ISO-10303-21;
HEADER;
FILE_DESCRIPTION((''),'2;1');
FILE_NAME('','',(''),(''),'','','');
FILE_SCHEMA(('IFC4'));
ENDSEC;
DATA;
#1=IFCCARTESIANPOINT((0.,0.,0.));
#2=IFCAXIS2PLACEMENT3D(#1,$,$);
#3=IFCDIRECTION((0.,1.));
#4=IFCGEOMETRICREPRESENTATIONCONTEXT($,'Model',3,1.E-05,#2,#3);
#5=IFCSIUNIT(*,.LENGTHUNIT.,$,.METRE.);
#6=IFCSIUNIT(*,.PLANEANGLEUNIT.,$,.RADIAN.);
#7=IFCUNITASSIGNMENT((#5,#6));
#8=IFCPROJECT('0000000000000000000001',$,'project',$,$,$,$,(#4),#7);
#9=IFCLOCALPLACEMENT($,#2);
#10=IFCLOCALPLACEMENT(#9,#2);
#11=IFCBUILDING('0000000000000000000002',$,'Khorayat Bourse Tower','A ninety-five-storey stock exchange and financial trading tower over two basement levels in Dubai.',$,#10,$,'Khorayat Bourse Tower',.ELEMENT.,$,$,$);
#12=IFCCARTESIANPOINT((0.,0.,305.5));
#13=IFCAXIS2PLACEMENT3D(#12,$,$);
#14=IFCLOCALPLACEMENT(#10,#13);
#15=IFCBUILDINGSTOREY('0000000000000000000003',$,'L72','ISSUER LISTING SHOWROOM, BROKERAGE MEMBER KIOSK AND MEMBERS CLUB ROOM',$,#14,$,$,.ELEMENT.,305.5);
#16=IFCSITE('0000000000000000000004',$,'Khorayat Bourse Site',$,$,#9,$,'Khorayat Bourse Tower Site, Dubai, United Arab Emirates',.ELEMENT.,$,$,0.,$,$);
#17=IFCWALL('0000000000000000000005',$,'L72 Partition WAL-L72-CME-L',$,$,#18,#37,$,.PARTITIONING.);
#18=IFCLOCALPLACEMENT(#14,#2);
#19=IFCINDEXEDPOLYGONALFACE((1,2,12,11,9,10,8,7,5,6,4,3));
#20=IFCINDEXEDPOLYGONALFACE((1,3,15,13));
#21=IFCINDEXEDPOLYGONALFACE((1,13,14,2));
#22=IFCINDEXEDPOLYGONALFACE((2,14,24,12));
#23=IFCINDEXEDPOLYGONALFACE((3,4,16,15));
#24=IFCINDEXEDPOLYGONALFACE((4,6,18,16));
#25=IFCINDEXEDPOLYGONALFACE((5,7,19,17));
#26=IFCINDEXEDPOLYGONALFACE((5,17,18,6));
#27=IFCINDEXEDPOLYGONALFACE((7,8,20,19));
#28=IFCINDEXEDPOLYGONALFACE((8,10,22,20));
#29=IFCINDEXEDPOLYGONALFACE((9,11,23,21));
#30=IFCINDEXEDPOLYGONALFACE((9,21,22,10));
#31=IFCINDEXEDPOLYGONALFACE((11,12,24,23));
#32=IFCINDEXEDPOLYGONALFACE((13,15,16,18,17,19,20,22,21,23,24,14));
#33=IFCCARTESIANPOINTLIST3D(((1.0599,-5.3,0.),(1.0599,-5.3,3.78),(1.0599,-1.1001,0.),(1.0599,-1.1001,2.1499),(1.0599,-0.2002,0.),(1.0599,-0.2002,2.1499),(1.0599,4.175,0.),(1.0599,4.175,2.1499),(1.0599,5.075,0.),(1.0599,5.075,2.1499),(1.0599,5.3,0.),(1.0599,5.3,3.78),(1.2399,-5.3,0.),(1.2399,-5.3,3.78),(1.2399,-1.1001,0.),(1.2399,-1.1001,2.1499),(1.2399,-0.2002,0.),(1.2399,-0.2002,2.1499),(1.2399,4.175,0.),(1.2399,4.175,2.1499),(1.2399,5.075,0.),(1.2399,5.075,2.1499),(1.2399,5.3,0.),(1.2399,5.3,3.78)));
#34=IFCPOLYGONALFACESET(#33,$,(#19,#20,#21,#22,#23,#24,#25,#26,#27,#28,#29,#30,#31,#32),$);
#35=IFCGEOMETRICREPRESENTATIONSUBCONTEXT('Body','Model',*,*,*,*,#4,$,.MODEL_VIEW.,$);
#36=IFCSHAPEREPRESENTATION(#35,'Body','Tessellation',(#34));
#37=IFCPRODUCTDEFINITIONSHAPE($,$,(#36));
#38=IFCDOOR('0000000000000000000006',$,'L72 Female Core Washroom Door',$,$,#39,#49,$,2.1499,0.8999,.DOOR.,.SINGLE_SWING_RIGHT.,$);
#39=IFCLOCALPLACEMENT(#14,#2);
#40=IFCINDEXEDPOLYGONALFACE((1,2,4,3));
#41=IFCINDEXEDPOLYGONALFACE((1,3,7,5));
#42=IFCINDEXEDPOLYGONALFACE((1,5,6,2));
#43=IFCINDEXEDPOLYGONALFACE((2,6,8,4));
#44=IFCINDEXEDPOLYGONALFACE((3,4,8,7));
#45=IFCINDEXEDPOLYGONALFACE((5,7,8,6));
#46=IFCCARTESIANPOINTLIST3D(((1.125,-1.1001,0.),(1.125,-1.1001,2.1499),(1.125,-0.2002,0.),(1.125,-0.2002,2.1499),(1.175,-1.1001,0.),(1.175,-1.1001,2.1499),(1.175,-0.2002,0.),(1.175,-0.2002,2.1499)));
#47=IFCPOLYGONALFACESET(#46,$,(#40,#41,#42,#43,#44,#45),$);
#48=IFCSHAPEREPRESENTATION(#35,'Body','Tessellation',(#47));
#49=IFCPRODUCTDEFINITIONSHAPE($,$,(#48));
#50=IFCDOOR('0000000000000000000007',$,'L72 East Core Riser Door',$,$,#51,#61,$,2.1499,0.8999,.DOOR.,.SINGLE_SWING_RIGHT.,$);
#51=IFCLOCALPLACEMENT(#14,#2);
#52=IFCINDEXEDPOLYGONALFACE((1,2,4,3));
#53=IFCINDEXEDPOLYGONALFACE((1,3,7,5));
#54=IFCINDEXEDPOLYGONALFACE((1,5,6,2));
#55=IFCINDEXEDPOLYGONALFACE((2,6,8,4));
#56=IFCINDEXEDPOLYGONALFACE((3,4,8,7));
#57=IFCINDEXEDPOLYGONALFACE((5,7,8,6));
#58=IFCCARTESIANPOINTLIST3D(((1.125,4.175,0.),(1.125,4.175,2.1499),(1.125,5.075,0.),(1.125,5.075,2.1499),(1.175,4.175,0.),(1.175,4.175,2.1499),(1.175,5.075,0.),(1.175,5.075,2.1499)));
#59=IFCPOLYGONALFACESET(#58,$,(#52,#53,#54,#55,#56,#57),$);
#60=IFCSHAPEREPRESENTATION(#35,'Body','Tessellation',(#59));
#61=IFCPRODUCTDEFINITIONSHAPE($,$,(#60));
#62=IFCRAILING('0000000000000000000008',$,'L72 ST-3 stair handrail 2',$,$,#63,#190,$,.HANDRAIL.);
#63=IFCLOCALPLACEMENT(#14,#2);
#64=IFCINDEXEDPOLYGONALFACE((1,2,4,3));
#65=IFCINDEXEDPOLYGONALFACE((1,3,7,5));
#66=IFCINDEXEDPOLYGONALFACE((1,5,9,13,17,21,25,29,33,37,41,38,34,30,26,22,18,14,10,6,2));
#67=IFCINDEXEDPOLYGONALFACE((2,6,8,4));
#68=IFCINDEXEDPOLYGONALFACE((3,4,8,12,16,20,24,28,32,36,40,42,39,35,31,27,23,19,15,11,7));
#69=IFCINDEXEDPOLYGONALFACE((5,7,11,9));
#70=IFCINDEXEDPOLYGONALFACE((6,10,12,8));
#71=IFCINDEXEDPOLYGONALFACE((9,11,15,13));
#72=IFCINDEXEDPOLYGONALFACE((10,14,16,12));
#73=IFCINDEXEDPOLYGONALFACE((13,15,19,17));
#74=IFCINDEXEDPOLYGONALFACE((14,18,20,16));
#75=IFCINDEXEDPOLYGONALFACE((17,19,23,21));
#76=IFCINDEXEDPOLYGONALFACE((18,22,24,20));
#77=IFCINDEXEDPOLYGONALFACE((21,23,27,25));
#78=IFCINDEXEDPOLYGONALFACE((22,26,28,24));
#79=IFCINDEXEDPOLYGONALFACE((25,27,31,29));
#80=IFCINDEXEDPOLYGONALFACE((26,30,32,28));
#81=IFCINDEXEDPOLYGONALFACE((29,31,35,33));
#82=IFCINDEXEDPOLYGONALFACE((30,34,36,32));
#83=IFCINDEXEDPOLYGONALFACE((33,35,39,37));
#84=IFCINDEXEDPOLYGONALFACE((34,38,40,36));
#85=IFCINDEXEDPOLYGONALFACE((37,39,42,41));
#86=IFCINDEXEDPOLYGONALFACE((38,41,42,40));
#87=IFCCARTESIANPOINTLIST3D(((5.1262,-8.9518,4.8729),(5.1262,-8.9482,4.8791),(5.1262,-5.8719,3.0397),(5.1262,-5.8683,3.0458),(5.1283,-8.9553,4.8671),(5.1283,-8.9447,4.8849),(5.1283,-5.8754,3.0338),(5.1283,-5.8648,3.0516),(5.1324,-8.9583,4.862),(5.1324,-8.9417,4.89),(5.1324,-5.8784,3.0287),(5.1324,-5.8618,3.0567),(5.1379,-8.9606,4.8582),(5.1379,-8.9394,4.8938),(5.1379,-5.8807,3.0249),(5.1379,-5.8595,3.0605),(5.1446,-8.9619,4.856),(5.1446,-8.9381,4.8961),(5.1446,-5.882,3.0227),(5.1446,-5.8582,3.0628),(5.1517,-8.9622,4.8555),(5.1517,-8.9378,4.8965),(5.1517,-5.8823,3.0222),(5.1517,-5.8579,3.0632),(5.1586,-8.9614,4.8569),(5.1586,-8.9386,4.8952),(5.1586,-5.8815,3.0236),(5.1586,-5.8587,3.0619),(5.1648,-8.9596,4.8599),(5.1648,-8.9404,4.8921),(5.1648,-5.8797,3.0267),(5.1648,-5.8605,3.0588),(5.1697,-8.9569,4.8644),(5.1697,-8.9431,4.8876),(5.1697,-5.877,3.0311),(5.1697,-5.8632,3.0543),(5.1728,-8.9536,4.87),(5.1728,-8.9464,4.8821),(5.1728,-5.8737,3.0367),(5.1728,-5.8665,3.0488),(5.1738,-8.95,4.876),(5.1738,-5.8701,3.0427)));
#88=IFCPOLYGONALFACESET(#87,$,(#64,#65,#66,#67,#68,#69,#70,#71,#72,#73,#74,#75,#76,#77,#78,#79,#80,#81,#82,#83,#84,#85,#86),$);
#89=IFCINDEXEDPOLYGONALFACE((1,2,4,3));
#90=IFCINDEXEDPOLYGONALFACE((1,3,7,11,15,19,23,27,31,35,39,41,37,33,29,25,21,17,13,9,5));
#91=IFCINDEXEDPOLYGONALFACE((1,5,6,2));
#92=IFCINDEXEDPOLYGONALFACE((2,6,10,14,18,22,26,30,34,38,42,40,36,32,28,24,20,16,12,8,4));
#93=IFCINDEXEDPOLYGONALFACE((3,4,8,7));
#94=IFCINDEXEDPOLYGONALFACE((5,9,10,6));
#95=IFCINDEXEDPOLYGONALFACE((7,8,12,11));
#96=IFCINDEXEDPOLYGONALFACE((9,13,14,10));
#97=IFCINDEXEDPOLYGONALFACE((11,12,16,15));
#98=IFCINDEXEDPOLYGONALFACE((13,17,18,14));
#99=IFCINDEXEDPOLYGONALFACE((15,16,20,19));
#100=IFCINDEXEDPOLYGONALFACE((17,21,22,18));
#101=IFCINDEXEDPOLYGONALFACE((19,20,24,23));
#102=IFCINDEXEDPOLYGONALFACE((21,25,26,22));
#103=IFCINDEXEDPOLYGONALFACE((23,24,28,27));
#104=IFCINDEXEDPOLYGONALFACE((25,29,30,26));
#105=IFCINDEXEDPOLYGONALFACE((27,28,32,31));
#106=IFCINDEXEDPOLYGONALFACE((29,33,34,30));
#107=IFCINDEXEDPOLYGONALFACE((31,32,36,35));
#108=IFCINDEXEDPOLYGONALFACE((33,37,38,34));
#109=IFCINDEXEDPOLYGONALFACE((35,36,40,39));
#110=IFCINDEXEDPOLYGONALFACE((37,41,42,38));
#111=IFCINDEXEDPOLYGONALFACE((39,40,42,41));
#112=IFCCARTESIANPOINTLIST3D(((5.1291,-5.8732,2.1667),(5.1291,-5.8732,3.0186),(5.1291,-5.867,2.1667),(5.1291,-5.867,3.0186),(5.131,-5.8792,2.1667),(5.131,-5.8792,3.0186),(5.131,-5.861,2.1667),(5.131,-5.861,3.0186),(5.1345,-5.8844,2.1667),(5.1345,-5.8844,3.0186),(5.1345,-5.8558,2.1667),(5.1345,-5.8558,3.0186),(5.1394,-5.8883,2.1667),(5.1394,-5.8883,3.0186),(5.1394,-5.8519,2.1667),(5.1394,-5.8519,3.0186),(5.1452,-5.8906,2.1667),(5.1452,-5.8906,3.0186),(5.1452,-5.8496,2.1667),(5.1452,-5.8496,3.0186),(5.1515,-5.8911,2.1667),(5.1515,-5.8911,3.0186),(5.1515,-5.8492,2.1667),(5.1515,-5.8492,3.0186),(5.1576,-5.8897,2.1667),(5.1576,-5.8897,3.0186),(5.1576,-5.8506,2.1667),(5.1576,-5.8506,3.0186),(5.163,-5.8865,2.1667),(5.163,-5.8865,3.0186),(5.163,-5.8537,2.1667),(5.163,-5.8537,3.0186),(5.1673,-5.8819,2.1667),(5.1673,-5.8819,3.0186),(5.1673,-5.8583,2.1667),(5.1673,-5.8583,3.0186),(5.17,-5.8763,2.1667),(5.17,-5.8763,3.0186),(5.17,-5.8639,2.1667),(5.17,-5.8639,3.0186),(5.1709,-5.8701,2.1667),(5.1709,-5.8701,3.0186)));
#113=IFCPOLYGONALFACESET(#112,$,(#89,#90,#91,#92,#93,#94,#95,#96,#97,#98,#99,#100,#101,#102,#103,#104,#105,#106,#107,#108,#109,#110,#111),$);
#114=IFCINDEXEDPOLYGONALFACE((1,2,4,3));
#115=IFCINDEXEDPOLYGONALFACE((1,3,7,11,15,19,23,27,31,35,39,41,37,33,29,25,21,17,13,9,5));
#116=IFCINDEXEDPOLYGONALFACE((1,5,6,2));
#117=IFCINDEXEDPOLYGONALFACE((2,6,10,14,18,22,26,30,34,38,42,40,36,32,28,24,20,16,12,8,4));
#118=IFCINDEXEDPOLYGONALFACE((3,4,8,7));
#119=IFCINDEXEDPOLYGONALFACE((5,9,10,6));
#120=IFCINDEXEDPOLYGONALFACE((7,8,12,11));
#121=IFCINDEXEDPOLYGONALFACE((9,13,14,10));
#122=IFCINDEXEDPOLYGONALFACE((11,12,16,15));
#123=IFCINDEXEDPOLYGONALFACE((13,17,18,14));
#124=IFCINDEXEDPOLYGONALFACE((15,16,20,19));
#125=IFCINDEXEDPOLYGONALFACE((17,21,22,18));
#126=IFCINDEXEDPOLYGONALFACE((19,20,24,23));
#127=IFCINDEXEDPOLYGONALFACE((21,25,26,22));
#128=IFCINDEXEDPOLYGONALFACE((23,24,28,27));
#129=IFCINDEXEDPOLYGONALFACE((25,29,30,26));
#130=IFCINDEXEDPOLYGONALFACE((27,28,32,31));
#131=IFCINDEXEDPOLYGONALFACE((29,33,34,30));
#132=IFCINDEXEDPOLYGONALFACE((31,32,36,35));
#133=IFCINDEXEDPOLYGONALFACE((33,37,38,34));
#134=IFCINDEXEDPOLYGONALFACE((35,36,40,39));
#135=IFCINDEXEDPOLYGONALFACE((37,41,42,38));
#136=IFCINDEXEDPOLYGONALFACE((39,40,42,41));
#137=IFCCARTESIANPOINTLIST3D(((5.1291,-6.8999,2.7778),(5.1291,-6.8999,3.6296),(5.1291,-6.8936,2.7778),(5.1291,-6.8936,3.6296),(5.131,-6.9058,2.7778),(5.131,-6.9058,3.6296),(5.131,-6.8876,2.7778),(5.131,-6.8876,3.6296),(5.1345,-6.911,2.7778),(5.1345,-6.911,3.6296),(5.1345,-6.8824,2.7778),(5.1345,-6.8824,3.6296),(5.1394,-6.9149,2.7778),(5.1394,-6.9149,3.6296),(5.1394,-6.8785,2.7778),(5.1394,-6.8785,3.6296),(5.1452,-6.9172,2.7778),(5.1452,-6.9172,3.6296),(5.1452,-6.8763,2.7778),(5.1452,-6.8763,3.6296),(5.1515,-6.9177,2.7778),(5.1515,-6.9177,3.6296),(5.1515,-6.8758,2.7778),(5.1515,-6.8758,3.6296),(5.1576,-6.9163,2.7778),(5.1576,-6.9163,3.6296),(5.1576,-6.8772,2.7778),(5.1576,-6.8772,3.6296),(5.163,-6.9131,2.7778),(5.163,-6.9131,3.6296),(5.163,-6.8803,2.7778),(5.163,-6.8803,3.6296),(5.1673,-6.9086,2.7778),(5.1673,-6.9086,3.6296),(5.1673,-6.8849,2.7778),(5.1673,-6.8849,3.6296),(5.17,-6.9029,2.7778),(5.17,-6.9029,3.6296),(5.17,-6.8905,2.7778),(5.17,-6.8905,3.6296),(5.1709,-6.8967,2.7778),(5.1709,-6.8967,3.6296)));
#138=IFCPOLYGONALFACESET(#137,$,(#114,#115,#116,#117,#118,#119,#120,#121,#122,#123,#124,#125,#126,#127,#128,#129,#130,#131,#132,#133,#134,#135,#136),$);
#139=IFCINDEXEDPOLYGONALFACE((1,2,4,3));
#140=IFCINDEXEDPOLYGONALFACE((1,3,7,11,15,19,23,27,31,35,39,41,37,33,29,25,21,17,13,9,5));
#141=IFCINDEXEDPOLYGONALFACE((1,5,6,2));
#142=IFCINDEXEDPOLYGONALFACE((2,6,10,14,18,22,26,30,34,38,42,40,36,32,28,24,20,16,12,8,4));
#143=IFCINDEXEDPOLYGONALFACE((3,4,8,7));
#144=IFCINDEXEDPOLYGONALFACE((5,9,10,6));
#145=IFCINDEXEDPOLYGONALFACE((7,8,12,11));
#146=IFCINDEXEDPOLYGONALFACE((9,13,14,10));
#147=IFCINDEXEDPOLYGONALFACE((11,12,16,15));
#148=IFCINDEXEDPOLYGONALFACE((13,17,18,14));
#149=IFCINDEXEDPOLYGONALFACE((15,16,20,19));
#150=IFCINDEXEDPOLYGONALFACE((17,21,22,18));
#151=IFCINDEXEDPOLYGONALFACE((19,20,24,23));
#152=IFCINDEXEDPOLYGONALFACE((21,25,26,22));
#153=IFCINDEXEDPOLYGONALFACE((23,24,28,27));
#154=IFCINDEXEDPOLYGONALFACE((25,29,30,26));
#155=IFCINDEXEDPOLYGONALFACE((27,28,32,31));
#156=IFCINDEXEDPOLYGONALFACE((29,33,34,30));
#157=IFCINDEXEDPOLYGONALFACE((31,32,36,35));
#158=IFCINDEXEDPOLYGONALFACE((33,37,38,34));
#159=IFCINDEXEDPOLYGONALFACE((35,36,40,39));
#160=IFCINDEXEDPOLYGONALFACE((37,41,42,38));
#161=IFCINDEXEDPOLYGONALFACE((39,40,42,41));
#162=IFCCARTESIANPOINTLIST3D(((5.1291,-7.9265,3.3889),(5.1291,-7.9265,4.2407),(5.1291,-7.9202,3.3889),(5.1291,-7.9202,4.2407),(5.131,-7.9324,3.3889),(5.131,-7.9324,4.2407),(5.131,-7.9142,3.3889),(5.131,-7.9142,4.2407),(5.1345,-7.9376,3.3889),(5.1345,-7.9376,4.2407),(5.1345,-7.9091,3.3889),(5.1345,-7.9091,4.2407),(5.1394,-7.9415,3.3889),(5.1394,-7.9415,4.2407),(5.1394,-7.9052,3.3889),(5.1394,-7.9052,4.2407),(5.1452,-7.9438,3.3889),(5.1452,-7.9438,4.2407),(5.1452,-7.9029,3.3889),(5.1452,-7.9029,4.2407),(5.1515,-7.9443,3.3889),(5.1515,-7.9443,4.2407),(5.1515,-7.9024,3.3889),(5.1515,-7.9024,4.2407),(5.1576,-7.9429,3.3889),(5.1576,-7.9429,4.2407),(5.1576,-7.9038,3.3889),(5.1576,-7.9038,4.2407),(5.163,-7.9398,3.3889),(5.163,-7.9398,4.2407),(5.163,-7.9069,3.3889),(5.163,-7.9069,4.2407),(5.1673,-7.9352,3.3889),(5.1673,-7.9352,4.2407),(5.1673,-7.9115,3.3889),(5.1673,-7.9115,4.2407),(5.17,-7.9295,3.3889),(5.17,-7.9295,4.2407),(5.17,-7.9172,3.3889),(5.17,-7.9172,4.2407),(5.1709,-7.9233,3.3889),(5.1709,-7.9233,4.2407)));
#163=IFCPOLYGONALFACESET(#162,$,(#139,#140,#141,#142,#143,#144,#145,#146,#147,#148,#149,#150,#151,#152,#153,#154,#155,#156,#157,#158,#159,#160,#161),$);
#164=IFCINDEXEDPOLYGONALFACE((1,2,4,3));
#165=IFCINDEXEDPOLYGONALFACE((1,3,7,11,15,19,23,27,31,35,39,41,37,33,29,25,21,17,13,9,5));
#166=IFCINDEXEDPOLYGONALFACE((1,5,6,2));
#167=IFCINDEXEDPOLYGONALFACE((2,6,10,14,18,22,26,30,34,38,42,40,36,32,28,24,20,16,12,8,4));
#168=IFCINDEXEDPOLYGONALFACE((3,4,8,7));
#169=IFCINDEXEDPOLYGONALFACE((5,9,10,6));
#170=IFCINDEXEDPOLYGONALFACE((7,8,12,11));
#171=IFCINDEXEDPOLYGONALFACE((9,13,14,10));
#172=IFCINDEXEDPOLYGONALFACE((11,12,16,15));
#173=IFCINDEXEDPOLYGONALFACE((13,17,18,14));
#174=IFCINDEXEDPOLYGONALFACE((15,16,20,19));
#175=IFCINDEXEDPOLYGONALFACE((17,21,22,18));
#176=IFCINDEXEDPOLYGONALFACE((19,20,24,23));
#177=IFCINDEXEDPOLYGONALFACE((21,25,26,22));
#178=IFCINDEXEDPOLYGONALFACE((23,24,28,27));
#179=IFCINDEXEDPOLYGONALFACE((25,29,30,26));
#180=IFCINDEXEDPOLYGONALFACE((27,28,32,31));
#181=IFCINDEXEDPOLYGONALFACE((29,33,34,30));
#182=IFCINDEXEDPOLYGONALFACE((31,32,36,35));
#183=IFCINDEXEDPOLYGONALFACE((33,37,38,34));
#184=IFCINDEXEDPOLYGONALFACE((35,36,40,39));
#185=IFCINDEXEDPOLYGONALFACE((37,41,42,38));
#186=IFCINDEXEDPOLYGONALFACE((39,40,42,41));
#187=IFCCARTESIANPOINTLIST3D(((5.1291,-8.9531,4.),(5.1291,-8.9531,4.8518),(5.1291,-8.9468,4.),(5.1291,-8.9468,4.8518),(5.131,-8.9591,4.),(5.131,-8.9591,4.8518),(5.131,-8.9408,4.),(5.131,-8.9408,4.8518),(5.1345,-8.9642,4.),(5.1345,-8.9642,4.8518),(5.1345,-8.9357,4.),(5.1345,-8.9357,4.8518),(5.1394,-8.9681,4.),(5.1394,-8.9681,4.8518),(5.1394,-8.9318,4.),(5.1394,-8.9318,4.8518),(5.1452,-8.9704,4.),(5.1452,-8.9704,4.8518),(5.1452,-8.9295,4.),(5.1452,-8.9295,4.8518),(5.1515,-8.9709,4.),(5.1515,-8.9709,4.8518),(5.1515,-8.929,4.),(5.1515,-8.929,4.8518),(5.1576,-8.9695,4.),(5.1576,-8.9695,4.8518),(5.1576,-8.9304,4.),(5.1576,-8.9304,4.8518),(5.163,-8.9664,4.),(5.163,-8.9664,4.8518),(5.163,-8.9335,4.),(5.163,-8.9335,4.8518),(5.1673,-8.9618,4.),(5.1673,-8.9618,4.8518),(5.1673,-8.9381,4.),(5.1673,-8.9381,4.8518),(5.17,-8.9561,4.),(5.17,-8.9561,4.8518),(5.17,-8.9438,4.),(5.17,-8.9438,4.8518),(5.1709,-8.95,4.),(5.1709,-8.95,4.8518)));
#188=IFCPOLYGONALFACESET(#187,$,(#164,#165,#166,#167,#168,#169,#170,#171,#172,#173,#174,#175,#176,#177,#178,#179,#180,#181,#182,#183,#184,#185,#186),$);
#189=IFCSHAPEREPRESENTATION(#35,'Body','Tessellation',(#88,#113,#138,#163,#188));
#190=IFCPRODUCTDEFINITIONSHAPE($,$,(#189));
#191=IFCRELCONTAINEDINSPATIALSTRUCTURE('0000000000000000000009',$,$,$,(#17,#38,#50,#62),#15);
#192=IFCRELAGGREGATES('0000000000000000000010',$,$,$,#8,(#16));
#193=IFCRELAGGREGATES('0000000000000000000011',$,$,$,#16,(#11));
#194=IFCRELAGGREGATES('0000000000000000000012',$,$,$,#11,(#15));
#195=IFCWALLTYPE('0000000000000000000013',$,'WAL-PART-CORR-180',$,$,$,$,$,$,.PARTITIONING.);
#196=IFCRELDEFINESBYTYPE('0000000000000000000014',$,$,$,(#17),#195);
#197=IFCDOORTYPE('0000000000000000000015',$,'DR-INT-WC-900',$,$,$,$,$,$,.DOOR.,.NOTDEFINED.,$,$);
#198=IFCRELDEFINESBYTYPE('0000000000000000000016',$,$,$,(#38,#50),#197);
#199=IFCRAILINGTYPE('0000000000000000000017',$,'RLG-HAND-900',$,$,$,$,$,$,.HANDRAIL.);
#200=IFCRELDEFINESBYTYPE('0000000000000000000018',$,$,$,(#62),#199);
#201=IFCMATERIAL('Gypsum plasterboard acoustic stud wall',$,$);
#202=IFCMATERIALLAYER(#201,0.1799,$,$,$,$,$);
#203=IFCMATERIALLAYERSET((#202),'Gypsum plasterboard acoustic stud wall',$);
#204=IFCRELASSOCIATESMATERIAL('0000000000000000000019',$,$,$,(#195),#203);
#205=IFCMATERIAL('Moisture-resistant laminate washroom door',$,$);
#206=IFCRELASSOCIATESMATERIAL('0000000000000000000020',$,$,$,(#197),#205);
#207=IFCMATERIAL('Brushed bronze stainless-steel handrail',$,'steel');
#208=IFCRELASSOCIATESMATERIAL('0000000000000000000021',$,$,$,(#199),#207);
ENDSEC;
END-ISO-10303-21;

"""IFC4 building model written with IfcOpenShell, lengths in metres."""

from ifc_helpers import new_model, si_unit, direction, frame, frame_2d, origin, origin_2d, place, context, subcontext, project, spatial, rectangle, circle, extrude, source, transform, mapped, material, layer, layer_set, type_object, element, fill, save


model = new_model("IFC4")

# Units and contexts
model_context = context("Model", 3, precision=1e-05, world=origin(), true_north=direction((0.0, 1.0)))
body_context = subcontext(model_context, "Body", "Model", "MODEL_VIEW")
ifc_project = project(units=[si_unit("LENGTHUNIT", "METRE"), si_unit("PLANEANGLEUNIT", "RADIAN")], contexts=[model_context])

# Site, building, storey
site_placement = place(None, origin())
site = spatial("IfcSite", under=ifc_project, at=site_placement, Name="Khorayat Bourse Site", LongName="Khorayat Bourse Tower Site, Dubai, United Arab Emirates", CompositionType="ELEMENT", RefElevation=0.0)
building_placement = place(site_placement, origin())
building = spatial("IfcBuilding", under=site, at=building_placement, Name="Khorayat Bourse Tower", Description="A ninety-five-storey stock exchange and financial trading tower over two basement levels in Dubai.", LongName="Khorayat Bourse Tower", CompositionType="ELEMENT")
storey_placement = place(building_placement, frame((0.0, 0.0, 305.5)))
storey = spatial("IfcBuildingStorey", under=building, at=storey_placement, Name="L72", Description="ISSUER LISTING SHOWROOM, BROKERAGE MEMBER KIOSK AND MEMBERS CLUB ROOM", CompositionType="ELEMENT", Elevation=305.5)

# Shared definitions
ifc_material_1 = material(Name="Gypsum plasterboard acoustic stud wall")
ifc_layer_1 = layer(ifc_material_1, 0.1799)
ifc_layer_set_1 = layer_set([ifc_layer_1], Name="Gypsum plasterboard acoustic stud wall")
wall_type_1 = type_object("IfcWallType", Name="WAL-PART-CORR-180", PredefinedType="PARTITIONING", material=ifc_layer_set_1)
shared_shape_1 = source(origin(), body_context, "Body", "SweptSolid", [
    extrude(rectangle(XDim=0.8999, YDim=2.1499, at=frame_2d((0.45, 1.075))), frame((0.0, 0.0999, 0.0), z_axis=(0.0, -1.0, 0.0), x_axis=(1.0, 0.0, 0.0)), (0.0, 0.0, 1.0), 0.2),
])
ifc_material_2 = material(Name="Moisture-resistant laminate washroom door")
door_type = type_object("IfcDoorType", Name="DR-INT-WC-900", OperationType="NOTDEFINED", PredefinedType="DOOR", material=ifc_material_2)
shared_shape_2 = source(origin(), body_context, "Body", "SweptSolid", [
    extrude(rectangle(XDim=0.8999, YDim=2.1499, at=frame_2d((0.45, 1.075))), frame((0.0, 0.0249, 0.0), z_axis=(0.0, -1.0, 0.0), x_axis=(1.0, 0.0, 0.0)), (0.0, 0.0, 1.0), 0.05),
])

# Wall, openings, doors
shared_shape_3 = source(origin(), body_context, "Body", "SweptSolid", [
    extrude(rectangle(XDim=10.6001, YDim=0.1799, at=frame_2d((5.3, 0.0))), origin(), (0.0, 0.0, 1.0), 3.78),
])
wall_1_placement = place(storey_placement, frame((1.1499, -5.3, 0.0), z_axis=(0.0, 0.0, 1.0), x_axis=(0.0, 1.0, 0.0)))
wall_1 = element("IfcWall", 1, at=wall_1_placement, inside=storey, type_object=wall_type_1, Name="L72 Partition WAL-L72-CME-L", PredefinedType="PARTITIONING", context=body_context, shape_type="MappedRepresentation", body=[
    mapped(shared_shape_3, transform((0.0, 0.0, 0.0), scale=1.0)),
])
opening_1_placement = place(wall_1_placement, frame((4.2, 0.0, 0.0)))
opening_1 = element("IfcOpeningElement", 2, at=opening_1_placement, cuts=wall_1, PredefinedType="OPENING", context=body_context, shape_type="MappedRepresentation", body=[
    mapped(shared_shape_1, transform((0.0, 0.0, 0.0), scale=1.0)),
])
opening_2_placement = place(wall_1_placement, frame((9.4751, 0.0, 0.0)))
opening_2 = element("IfcOpeningElement", 3, at=opening_2_placement, cuts=wall_1, PredefinedType="OPENING", context=body_context, shape_type="MappedRepresentation", body=[
    mapped(shared_shape_1, transform((0.0, 0.0, 0.0), scale=1.0)),
])
door_1_placement = place(opening_1_placement, origin())
door_1 = element("IfcDoor", 4, at=door_1_placement, inside=storey, type_object=door_type, Name="L72 Female Core Washroom Door", OperationType="SINGLE_SWING_RIGHT", OverallHeight=2.1499, OverallWidth=0.8999, PredefinedType="DOOR", context=body_context, shape_type="MappedRepresentation", body=[
    mapped(shared_shape_2, transform((0.0, 0.0, 0.0), scale=1.0)),
])
fill(opening_1, door_1)
door_2_placement = place(opening_2_placement, origin())
door_2 = element("IfcDoor", 5, at=door_2_placement, inside=storey, type_object=door_type, Name="L72 East Core Riser Door", OperationType="SINGLE_SWING_RIGHT", OverallHeight=2.1499, OverallWidth=0.8999, PredefinedType="DOOR", context=body_context, shape_type="MappedRepresentation", body=[
    mapped(shared_shape_2, transform((0.0, 0.0, 0.0), scale=1.0)),
])
fill(opening_2, door_2)

# Railing
ifc_material_3 = material(Name="Brushed bronze stainless-steel handrail", Category="steel")
railing_type = type_object("IfcRailingType", Name="RLG-HAND-900", PredefinedType="HANDRAIL", material=ifc_material_3)
shared_shape_4 = source(origin(), body_context, "Body", "SweptSolid", [
    extrude(circle(Radius=0.0239, at=origin_2d()), frame((0.0, 0.0, 0.876), z_axis=(0.0, -0.859291, 0.511487), x_axis=(1.0, 0.0, 0.0)), (0.0, 0.0, 1.0), 3.5842),
    extrude(circle(Radius=0.021, at=origin_2d()), origin(), (0.0, 0.0, 1.0), 0.8518),
    extrude(circle(Radius=0.021, at=origin_2d()), frame((0.0, -1.0266, 0.6111)), (0.0, 0.0, 1.0), 0.8518),
    extrude(circle(Radius=0.021, at=origin_2d()), frame((0.0, -2.0532, 1.2222)), (0.0, 0.0, 1.0), 0.8518),
    extrude(circle(Radius=0.021, at=origin_2d()), frame((0.0, -3.0798, 1.8333)), (0.0, 0.0, 1.0), 0.8518),
])
railing_placement = place(storey_placement, frame((5.1499, -5.8701, 2.1667)))
element("IfcRailing", 6, at=railing_placement, inside=storey, type_object=railing_type, Name="L72 ST-3 stair handrail 2", PredefinedType="HANDRAIL", context=body_context, shape_type="MappedRepresentation", body=[
    mapped(shared_shape_4, transform((0.0, 0.0, 0.0), scale=1.0)),
])

save(model, "model.ifc")
